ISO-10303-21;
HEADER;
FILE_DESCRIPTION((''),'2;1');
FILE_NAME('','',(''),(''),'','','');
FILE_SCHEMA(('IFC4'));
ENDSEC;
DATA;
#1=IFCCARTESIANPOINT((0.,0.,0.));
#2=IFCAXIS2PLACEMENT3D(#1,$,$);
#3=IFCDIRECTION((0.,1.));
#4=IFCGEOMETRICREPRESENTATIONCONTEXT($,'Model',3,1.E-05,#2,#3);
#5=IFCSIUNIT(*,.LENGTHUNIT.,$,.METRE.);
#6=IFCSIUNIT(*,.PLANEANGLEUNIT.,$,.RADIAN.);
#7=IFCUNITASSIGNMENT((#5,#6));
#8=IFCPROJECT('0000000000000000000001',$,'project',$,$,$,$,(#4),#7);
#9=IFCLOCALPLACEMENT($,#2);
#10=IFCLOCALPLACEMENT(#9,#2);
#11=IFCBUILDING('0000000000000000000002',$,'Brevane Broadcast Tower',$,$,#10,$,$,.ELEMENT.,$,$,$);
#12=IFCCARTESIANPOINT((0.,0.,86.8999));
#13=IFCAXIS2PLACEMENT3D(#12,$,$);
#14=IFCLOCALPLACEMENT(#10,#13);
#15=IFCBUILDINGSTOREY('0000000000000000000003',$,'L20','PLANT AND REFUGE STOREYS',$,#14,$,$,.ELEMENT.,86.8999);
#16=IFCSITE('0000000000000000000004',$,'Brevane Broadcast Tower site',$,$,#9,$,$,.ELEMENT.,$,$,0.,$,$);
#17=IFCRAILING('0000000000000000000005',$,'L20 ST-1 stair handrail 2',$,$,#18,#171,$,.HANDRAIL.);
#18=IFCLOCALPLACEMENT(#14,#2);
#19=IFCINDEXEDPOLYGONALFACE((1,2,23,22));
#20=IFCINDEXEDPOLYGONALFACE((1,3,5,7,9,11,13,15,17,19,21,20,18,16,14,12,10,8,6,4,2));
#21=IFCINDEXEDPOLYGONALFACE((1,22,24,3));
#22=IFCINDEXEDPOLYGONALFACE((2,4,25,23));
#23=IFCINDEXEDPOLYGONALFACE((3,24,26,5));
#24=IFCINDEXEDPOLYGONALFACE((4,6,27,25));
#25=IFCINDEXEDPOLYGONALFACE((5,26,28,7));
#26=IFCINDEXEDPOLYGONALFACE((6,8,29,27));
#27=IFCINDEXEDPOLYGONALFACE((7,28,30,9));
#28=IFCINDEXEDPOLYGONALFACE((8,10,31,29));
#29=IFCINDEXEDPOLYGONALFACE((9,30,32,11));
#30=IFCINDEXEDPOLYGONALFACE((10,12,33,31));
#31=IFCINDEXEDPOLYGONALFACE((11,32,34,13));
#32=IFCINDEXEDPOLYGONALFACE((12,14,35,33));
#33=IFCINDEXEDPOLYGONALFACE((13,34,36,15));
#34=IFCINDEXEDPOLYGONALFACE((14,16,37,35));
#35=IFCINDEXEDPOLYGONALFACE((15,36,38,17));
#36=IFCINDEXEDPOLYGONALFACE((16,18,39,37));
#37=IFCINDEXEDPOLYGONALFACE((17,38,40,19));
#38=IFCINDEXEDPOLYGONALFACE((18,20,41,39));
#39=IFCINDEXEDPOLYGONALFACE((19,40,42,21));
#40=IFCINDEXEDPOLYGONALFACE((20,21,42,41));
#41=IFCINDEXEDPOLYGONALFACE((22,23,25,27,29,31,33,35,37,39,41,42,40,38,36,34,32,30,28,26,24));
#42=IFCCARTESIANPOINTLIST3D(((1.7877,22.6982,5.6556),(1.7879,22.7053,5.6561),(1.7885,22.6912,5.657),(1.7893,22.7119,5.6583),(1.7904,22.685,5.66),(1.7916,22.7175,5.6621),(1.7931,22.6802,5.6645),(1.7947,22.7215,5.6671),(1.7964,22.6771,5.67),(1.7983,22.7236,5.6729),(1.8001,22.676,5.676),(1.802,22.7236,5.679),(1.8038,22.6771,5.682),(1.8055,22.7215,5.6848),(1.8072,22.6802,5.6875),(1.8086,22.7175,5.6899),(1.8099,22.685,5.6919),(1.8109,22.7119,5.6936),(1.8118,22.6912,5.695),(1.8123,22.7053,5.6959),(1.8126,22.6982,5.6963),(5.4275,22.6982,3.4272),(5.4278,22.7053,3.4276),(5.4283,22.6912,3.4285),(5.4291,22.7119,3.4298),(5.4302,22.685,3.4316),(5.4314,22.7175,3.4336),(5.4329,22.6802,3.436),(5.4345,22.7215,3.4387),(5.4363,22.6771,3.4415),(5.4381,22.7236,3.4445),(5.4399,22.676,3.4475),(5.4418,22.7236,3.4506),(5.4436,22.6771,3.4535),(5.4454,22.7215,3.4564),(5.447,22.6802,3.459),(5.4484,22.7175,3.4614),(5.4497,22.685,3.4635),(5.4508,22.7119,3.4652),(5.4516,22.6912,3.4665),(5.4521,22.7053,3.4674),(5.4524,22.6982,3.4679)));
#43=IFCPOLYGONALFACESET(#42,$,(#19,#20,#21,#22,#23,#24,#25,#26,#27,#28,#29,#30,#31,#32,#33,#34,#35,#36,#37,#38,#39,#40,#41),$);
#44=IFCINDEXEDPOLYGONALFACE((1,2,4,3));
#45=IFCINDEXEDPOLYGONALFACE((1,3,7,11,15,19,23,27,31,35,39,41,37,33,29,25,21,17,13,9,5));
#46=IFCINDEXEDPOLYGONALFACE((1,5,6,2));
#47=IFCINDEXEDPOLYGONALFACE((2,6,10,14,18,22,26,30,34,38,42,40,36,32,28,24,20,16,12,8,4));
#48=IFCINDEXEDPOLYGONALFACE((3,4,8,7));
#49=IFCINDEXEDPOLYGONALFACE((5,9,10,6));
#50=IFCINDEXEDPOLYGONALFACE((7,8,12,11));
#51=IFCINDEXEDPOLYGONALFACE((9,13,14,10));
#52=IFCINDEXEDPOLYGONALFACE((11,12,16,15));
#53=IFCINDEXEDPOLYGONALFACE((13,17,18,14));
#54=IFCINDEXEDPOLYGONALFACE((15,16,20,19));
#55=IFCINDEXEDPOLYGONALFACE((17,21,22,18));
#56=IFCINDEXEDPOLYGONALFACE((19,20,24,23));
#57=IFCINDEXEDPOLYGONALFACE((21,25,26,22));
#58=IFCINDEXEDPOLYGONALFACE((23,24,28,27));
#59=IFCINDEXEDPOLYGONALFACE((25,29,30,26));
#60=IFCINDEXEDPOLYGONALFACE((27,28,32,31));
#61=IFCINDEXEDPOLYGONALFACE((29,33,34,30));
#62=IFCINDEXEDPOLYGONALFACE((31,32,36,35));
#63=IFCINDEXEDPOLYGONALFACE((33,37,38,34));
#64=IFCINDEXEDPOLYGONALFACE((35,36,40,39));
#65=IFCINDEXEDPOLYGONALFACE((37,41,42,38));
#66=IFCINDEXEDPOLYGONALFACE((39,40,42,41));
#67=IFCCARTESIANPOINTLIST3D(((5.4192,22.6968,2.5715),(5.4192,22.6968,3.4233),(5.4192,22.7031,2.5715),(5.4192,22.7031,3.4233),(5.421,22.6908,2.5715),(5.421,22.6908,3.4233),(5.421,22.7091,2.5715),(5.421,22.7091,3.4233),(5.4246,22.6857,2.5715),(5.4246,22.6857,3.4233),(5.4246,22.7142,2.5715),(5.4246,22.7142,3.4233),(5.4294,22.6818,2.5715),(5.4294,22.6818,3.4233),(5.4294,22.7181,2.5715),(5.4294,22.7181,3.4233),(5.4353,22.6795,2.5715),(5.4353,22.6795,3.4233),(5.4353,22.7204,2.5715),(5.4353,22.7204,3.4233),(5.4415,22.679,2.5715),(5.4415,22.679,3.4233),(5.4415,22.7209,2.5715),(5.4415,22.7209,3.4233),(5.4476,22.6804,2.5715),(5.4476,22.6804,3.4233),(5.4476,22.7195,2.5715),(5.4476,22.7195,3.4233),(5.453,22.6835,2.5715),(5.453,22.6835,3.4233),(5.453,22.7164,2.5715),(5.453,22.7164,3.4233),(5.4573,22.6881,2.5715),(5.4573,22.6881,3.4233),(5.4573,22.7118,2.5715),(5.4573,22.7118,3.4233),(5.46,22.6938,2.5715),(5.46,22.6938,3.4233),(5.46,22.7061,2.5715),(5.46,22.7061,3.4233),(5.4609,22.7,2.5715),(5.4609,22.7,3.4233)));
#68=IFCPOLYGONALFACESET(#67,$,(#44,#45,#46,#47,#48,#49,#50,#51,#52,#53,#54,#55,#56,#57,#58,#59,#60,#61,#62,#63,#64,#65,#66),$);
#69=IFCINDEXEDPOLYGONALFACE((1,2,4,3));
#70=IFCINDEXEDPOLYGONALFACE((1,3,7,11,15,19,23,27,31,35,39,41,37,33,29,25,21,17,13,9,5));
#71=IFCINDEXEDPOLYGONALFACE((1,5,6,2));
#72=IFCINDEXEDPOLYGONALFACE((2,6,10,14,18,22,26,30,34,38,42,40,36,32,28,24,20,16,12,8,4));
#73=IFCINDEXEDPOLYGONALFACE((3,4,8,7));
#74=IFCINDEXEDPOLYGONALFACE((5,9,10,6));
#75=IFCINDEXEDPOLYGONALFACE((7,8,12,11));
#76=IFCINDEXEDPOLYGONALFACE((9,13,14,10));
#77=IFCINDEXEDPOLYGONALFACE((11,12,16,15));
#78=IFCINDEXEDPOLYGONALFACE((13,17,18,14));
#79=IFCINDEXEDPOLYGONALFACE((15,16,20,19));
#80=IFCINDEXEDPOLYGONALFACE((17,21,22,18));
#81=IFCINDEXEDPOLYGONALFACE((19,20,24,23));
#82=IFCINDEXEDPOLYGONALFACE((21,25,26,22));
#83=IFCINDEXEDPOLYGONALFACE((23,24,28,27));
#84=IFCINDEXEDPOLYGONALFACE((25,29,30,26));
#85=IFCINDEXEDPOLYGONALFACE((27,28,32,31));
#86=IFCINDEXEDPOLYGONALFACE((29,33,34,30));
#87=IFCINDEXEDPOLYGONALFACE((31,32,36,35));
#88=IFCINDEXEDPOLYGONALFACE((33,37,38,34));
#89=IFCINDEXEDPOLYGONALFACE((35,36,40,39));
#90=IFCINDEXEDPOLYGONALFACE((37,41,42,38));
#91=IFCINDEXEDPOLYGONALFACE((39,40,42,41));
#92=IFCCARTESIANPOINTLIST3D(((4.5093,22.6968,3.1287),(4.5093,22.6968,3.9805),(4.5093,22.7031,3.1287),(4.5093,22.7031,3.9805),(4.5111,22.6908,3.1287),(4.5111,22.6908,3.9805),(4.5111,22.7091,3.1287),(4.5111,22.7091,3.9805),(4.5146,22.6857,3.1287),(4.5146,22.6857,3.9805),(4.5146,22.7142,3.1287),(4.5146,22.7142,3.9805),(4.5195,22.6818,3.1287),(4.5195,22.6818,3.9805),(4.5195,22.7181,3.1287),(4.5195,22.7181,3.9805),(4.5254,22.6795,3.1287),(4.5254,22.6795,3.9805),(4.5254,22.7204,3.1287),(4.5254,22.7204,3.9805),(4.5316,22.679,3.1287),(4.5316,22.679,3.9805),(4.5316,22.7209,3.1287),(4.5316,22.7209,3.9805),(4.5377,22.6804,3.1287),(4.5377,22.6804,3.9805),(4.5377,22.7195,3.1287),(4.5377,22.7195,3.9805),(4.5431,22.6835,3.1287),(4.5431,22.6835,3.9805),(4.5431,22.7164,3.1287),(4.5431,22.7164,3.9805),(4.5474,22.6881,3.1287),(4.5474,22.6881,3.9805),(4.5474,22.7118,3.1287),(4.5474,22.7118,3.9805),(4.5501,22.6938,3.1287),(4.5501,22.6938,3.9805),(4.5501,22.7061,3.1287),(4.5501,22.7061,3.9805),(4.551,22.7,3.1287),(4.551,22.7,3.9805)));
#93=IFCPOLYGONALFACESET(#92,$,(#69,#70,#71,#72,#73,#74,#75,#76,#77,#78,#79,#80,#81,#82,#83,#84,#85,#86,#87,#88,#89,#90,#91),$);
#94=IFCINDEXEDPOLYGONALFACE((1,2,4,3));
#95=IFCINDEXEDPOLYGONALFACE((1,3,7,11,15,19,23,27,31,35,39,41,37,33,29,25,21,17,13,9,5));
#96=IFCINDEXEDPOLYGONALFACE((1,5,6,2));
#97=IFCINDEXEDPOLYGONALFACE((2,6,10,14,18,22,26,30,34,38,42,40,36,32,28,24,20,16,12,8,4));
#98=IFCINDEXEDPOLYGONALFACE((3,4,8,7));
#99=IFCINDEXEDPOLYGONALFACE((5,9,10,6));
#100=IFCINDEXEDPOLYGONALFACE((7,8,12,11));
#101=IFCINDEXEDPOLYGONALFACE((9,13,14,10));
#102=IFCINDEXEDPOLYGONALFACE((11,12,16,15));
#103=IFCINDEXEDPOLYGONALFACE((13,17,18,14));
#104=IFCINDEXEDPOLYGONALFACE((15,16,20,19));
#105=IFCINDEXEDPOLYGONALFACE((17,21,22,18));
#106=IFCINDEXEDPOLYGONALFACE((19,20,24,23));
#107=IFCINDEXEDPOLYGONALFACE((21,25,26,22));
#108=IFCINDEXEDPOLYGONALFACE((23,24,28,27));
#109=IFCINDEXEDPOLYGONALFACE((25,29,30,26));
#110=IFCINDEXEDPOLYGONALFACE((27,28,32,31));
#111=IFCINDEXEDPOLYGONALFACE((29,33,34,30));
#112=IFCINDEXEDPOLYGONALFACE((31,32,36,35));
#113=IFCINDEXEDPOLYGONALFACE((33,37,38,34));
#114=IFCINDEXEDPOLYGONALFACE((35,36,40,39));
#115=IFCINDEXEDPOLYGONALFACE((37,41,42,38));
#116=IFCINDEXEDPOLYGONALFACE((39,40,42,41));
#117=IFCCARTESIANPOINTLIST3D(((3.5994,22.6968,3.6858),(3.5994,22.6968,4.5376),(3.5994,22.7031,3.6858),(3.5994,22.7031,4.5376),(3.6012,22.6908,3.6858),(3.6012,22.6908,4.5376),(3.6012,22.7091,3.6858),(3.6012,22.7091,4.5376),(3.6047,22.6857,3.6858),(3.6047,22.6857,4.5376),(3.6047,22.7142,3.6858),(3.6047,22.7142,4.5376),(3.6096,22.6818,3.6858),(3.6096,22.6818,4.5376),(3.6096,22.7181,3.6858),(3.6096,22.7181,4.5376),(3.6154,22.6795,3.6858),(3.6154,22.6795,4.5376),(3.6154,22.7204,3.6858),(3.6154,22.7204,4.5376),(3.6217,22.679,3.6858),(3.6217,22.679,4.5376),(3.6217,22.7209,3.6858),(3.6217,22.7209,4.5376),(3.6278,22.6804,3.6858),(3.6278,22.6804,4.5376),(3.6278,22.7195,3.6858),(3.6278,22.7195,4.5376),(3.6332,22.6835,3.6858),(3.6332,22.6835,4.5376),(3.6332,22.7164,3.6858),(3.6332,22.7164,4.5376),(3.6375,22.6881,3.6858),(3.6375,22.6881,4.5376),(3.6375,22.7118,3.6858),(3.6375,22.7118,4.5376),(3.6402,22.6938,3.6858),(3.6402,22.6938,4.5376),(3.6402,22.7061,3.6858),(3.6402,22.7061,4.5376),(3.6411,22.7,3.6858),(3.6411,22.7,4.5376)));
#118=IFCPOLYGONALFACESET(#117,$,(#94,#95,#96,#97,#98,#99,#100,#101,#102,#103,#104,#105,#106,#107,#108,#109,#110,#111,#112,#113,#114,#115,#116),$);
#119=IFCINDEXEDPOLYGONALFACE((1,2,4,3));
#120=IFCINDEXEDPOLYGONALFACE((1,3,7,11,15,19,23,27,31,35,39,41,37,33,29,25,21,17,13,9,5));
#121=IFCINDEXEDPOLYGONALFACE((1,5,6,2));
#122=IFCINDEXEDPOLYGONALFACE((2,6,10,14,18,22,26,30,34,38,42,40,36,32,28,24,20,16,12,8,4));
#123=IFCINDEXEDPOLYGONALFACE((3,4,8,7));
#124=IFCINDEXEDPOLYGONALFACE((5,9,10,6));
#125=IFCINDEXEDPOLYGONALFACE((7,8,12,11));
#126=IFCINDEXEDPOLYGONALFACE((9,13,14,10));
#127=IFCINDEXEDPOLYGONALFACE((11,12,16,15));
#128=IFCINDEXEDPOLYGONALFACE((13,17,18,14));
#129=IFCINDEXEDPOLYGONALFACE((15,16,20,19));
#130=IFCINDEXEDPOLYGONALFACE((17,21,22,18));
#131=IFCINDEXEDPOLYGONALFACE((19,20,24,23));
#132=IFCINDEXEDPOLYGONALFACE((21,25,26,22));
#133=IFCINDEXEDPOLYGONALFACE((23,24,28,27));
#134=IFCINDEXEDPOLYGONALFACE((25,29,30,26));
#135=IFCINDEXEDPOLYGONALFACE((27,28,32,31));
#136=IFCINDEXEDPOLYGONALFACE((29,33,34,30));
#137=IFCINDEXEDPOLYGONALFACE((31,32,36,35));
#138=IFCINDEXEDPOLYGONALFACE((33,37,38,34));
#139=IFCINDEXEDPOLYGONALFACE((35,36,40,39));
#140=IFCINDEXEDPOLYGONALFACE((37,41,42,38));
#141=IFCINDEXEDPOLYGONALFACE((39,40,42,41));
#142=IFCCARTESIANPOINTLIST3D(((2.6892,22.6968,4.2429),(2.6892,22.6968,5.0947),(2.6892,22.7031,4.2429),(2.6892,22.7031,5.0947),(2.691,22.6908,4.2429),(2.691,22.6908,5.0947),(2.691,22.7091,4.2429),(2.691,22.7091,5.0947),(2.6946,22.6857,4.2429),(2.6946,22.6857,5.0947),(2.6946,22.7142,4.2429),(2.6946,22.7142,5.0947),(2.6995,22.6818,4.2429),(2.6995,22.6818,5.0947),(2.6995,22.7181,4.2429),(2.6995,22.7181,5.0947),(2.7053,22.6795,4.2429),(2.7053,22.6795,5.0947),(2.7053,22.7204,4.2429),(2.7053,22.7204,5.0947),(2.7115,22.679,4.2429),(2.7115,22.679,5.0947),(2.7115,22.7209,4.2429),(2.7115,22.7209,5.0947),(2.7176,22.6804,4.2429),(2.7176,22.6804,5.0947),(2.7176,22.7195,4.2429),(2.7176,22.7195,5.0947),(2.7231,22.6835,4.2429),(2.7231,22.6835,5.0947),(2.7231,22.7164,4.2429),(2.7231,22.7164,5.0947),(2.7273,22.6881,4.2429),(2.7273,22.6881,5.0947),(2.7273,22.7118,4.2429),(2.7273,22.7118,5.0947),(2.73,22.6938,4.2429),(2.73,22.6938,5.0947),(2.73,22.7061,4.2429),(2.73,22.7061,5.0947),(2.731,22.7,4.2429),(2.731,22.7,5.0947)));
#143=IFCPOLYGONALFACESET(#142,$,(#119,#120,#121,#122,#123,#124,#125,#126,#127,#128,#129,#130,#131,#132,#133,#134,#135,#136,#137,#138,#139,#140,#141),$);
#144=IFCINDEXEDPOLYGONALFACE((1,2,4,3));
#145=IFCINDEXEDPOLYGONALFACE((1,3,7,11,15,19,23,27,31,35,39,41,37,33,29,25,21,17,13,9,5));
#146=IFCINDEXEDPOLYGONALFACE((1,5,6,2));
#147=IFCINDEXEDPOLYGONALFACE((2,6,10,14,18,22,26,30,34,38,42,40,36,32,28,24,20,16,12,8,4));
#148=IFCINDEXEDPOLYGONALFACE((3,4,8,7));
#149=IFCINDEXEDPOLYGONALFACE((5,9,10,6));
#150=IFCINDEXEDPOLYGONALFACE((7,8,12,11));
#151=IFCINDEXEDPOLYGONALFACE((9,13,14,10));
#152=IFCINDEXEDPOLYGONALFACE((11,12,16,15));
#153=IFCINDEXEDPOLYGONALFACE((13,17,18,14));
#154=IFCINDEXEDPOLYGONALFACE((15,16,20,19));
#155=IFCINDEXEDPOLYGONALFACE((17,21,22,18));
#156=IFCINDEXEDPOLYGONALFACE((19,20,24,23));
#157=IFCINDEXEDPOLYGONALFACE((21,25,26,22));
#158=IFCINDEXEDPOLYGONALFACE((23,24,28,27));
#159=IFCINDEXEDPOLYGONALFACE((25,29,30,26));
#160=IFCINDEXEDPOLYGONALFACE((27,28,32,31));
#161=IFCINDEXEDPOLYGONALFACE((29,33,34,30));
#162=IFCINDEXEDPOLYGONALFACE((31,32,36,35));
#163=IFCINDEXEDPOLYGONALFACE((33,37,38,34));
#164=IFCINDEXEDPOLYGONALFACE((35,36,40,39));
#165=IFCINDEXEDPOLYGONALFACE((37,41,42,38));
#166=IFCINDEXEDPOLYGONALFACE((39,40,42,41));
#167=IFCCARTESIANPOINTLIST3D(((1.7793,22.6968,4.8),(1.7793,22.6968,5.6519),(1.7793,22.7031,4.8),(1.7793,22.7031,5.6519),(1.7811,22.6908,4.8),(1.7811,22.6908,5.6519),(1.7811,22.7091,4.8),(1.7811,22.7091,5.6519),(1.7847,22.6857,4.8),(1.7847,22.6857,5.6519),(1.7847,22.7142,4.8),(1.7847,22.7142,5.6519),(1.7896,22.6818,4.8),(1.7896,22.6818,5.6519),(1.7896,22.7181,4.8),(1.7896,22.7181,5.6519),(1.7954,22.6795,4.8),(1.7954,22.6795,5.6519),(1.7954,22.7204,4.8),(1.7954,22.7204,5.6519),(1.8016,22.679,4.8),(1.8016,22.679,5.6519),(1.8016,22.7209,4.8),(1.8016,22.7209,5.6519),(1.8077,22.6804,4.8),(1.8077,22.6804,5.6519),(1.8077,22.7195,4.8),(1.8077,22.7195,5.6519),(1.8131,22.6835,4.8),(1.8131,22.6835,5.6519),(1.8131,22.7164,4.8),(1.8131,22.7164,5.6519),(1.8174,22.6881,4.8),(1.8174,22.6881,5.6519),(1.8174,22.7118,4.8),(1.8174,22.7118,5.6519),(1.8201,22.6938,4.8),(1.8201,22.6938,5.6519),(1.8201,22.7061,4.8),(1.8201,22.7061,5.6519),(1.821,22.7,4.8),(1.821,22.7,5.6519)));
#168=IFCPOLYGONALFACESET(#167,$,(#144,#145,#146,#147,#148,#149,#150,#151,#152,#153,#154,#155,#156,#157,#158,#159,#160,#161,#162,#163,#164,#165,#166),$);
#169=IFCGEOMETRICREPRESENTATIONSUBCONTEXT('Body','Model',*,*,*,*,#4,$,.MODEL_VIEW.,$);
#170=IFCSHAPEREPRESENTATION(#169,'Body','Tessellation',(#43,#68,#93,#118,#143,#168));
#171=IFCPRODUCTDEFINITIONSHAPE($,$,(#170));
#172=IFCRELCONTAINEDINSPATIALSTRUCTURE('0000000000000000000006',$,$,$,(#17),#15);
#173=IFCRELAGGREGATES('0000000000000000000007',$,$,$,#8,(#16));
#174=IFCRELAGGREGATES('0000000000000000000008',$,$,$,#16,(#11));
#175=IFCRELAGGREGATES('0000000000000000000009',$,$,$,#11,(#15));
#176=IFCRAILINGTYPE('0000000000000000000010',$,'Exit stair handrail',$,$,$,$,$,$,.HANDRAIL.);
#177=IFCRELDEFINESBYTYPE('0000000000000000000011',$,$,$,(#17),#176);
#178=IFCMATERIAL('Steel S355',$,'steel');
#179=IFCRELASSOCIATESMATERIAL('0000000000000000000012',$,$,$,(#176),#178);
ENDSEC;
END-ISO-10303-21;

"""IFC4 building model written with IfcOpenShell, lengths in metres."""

from ifc_helpers import new_model, si_unit, direction, frame, origin, origin_2d, place, context, subcontext, project, spatial, circle, extrude, material, type_object, element, save


model = new_model("IFC4")

# Units and contexts
model_context = context("Model", 3, precision=1e-05, world=origin(), true_north=direction((0.0, 1.0)))
body_context = subcontext(model_context, "Body", "Model", "MODEL_VIEW")
ifc_project = project(units=[si_unit("LENGTHUNIT", "METRE"), si_unit("PLANEANGLEUNIT", "RADIAN")], contexts=[model_context])

# Site, building, storey
site_placement = place(None, origin())
site = spatial("IfcSite", under=ifc_project, at=site_placement, Name="Brevane Broadcast Tower site", CompositionType="ELEMENT", RefElevation=0.0)
building_placement = place(site_placement, origin())
building = spatial("IfcBuilding", under=site, at=building_placement, Name="Brevane Broadcast Tower", CompositionType="ELEMENT")
storey_placement = place(building_placement, frame((0.0, 0.0, 86.8999)))
storey = spatial("IfcBuildingStorey", under=building, at=storey_placement, Name="L20", Description="PLANT AND REFUGE STOREYS", CompositionType="ELEMENT", Elevation=86.8999)

# Railing
ifc_material_1 = material(Name="Steel S355", Category="steel")
railing_type_1 = type_object("IfcRailingType", Name="Exit stair handrail", PredefinedType="HANDRAIL", material=ifc_material_1)
railing_1_placement = place(storey_placement, frame((5.4399, 22.7, 2.5715)))
element("IfcRailing", 1, at=railing_1_placement, inside=storey, type_object=railing_type_1, Name="L20 ST-1 stair handrail 2", PredefinedType="HANDRAIL", context=body_context, shape_type="SweptSolid", body=[
    extrude(circle(Radius=0.0239, at=origin_2d()), frame((0.0, 0.0, 0.876), z_axis=(-0.85285, 0.0, 0.522156), x_axis=(0.0, -1.0, 0.0)), (0.0, 0.0, 1.0), 4.2678),
    extrude(circle(Radius=0.021, at=origin_2d()), origin(), (0.0, 0.0, 1.0), 0.8518),
    extrude(circle(Radius=0.021, at=origin_2d()), frame((-0.9099, 0.0, 0.5571)), (0.0, 0.0, 1.0), 0.8518),
    extrude(circle(Radius=0.021, at=origin_2d()), frame((-1.8198, 0.0, 1.1143)), (0.0, 0.0, 1.0), 0.8518),
    extrude(circle(Radius=0.021, at=origin_2d()), frame((-2.73, 0.0, 1.6714)), (0.0, 0.0, 1.0), 0.8518),
    extrude(circle(Radius=0.021, at=origin_2d()), frame((-3.6399, 0.0, 2.2285)), (0.0, 0.0, 1.0), 0.8518),
])

save(model, "model.ifc")
